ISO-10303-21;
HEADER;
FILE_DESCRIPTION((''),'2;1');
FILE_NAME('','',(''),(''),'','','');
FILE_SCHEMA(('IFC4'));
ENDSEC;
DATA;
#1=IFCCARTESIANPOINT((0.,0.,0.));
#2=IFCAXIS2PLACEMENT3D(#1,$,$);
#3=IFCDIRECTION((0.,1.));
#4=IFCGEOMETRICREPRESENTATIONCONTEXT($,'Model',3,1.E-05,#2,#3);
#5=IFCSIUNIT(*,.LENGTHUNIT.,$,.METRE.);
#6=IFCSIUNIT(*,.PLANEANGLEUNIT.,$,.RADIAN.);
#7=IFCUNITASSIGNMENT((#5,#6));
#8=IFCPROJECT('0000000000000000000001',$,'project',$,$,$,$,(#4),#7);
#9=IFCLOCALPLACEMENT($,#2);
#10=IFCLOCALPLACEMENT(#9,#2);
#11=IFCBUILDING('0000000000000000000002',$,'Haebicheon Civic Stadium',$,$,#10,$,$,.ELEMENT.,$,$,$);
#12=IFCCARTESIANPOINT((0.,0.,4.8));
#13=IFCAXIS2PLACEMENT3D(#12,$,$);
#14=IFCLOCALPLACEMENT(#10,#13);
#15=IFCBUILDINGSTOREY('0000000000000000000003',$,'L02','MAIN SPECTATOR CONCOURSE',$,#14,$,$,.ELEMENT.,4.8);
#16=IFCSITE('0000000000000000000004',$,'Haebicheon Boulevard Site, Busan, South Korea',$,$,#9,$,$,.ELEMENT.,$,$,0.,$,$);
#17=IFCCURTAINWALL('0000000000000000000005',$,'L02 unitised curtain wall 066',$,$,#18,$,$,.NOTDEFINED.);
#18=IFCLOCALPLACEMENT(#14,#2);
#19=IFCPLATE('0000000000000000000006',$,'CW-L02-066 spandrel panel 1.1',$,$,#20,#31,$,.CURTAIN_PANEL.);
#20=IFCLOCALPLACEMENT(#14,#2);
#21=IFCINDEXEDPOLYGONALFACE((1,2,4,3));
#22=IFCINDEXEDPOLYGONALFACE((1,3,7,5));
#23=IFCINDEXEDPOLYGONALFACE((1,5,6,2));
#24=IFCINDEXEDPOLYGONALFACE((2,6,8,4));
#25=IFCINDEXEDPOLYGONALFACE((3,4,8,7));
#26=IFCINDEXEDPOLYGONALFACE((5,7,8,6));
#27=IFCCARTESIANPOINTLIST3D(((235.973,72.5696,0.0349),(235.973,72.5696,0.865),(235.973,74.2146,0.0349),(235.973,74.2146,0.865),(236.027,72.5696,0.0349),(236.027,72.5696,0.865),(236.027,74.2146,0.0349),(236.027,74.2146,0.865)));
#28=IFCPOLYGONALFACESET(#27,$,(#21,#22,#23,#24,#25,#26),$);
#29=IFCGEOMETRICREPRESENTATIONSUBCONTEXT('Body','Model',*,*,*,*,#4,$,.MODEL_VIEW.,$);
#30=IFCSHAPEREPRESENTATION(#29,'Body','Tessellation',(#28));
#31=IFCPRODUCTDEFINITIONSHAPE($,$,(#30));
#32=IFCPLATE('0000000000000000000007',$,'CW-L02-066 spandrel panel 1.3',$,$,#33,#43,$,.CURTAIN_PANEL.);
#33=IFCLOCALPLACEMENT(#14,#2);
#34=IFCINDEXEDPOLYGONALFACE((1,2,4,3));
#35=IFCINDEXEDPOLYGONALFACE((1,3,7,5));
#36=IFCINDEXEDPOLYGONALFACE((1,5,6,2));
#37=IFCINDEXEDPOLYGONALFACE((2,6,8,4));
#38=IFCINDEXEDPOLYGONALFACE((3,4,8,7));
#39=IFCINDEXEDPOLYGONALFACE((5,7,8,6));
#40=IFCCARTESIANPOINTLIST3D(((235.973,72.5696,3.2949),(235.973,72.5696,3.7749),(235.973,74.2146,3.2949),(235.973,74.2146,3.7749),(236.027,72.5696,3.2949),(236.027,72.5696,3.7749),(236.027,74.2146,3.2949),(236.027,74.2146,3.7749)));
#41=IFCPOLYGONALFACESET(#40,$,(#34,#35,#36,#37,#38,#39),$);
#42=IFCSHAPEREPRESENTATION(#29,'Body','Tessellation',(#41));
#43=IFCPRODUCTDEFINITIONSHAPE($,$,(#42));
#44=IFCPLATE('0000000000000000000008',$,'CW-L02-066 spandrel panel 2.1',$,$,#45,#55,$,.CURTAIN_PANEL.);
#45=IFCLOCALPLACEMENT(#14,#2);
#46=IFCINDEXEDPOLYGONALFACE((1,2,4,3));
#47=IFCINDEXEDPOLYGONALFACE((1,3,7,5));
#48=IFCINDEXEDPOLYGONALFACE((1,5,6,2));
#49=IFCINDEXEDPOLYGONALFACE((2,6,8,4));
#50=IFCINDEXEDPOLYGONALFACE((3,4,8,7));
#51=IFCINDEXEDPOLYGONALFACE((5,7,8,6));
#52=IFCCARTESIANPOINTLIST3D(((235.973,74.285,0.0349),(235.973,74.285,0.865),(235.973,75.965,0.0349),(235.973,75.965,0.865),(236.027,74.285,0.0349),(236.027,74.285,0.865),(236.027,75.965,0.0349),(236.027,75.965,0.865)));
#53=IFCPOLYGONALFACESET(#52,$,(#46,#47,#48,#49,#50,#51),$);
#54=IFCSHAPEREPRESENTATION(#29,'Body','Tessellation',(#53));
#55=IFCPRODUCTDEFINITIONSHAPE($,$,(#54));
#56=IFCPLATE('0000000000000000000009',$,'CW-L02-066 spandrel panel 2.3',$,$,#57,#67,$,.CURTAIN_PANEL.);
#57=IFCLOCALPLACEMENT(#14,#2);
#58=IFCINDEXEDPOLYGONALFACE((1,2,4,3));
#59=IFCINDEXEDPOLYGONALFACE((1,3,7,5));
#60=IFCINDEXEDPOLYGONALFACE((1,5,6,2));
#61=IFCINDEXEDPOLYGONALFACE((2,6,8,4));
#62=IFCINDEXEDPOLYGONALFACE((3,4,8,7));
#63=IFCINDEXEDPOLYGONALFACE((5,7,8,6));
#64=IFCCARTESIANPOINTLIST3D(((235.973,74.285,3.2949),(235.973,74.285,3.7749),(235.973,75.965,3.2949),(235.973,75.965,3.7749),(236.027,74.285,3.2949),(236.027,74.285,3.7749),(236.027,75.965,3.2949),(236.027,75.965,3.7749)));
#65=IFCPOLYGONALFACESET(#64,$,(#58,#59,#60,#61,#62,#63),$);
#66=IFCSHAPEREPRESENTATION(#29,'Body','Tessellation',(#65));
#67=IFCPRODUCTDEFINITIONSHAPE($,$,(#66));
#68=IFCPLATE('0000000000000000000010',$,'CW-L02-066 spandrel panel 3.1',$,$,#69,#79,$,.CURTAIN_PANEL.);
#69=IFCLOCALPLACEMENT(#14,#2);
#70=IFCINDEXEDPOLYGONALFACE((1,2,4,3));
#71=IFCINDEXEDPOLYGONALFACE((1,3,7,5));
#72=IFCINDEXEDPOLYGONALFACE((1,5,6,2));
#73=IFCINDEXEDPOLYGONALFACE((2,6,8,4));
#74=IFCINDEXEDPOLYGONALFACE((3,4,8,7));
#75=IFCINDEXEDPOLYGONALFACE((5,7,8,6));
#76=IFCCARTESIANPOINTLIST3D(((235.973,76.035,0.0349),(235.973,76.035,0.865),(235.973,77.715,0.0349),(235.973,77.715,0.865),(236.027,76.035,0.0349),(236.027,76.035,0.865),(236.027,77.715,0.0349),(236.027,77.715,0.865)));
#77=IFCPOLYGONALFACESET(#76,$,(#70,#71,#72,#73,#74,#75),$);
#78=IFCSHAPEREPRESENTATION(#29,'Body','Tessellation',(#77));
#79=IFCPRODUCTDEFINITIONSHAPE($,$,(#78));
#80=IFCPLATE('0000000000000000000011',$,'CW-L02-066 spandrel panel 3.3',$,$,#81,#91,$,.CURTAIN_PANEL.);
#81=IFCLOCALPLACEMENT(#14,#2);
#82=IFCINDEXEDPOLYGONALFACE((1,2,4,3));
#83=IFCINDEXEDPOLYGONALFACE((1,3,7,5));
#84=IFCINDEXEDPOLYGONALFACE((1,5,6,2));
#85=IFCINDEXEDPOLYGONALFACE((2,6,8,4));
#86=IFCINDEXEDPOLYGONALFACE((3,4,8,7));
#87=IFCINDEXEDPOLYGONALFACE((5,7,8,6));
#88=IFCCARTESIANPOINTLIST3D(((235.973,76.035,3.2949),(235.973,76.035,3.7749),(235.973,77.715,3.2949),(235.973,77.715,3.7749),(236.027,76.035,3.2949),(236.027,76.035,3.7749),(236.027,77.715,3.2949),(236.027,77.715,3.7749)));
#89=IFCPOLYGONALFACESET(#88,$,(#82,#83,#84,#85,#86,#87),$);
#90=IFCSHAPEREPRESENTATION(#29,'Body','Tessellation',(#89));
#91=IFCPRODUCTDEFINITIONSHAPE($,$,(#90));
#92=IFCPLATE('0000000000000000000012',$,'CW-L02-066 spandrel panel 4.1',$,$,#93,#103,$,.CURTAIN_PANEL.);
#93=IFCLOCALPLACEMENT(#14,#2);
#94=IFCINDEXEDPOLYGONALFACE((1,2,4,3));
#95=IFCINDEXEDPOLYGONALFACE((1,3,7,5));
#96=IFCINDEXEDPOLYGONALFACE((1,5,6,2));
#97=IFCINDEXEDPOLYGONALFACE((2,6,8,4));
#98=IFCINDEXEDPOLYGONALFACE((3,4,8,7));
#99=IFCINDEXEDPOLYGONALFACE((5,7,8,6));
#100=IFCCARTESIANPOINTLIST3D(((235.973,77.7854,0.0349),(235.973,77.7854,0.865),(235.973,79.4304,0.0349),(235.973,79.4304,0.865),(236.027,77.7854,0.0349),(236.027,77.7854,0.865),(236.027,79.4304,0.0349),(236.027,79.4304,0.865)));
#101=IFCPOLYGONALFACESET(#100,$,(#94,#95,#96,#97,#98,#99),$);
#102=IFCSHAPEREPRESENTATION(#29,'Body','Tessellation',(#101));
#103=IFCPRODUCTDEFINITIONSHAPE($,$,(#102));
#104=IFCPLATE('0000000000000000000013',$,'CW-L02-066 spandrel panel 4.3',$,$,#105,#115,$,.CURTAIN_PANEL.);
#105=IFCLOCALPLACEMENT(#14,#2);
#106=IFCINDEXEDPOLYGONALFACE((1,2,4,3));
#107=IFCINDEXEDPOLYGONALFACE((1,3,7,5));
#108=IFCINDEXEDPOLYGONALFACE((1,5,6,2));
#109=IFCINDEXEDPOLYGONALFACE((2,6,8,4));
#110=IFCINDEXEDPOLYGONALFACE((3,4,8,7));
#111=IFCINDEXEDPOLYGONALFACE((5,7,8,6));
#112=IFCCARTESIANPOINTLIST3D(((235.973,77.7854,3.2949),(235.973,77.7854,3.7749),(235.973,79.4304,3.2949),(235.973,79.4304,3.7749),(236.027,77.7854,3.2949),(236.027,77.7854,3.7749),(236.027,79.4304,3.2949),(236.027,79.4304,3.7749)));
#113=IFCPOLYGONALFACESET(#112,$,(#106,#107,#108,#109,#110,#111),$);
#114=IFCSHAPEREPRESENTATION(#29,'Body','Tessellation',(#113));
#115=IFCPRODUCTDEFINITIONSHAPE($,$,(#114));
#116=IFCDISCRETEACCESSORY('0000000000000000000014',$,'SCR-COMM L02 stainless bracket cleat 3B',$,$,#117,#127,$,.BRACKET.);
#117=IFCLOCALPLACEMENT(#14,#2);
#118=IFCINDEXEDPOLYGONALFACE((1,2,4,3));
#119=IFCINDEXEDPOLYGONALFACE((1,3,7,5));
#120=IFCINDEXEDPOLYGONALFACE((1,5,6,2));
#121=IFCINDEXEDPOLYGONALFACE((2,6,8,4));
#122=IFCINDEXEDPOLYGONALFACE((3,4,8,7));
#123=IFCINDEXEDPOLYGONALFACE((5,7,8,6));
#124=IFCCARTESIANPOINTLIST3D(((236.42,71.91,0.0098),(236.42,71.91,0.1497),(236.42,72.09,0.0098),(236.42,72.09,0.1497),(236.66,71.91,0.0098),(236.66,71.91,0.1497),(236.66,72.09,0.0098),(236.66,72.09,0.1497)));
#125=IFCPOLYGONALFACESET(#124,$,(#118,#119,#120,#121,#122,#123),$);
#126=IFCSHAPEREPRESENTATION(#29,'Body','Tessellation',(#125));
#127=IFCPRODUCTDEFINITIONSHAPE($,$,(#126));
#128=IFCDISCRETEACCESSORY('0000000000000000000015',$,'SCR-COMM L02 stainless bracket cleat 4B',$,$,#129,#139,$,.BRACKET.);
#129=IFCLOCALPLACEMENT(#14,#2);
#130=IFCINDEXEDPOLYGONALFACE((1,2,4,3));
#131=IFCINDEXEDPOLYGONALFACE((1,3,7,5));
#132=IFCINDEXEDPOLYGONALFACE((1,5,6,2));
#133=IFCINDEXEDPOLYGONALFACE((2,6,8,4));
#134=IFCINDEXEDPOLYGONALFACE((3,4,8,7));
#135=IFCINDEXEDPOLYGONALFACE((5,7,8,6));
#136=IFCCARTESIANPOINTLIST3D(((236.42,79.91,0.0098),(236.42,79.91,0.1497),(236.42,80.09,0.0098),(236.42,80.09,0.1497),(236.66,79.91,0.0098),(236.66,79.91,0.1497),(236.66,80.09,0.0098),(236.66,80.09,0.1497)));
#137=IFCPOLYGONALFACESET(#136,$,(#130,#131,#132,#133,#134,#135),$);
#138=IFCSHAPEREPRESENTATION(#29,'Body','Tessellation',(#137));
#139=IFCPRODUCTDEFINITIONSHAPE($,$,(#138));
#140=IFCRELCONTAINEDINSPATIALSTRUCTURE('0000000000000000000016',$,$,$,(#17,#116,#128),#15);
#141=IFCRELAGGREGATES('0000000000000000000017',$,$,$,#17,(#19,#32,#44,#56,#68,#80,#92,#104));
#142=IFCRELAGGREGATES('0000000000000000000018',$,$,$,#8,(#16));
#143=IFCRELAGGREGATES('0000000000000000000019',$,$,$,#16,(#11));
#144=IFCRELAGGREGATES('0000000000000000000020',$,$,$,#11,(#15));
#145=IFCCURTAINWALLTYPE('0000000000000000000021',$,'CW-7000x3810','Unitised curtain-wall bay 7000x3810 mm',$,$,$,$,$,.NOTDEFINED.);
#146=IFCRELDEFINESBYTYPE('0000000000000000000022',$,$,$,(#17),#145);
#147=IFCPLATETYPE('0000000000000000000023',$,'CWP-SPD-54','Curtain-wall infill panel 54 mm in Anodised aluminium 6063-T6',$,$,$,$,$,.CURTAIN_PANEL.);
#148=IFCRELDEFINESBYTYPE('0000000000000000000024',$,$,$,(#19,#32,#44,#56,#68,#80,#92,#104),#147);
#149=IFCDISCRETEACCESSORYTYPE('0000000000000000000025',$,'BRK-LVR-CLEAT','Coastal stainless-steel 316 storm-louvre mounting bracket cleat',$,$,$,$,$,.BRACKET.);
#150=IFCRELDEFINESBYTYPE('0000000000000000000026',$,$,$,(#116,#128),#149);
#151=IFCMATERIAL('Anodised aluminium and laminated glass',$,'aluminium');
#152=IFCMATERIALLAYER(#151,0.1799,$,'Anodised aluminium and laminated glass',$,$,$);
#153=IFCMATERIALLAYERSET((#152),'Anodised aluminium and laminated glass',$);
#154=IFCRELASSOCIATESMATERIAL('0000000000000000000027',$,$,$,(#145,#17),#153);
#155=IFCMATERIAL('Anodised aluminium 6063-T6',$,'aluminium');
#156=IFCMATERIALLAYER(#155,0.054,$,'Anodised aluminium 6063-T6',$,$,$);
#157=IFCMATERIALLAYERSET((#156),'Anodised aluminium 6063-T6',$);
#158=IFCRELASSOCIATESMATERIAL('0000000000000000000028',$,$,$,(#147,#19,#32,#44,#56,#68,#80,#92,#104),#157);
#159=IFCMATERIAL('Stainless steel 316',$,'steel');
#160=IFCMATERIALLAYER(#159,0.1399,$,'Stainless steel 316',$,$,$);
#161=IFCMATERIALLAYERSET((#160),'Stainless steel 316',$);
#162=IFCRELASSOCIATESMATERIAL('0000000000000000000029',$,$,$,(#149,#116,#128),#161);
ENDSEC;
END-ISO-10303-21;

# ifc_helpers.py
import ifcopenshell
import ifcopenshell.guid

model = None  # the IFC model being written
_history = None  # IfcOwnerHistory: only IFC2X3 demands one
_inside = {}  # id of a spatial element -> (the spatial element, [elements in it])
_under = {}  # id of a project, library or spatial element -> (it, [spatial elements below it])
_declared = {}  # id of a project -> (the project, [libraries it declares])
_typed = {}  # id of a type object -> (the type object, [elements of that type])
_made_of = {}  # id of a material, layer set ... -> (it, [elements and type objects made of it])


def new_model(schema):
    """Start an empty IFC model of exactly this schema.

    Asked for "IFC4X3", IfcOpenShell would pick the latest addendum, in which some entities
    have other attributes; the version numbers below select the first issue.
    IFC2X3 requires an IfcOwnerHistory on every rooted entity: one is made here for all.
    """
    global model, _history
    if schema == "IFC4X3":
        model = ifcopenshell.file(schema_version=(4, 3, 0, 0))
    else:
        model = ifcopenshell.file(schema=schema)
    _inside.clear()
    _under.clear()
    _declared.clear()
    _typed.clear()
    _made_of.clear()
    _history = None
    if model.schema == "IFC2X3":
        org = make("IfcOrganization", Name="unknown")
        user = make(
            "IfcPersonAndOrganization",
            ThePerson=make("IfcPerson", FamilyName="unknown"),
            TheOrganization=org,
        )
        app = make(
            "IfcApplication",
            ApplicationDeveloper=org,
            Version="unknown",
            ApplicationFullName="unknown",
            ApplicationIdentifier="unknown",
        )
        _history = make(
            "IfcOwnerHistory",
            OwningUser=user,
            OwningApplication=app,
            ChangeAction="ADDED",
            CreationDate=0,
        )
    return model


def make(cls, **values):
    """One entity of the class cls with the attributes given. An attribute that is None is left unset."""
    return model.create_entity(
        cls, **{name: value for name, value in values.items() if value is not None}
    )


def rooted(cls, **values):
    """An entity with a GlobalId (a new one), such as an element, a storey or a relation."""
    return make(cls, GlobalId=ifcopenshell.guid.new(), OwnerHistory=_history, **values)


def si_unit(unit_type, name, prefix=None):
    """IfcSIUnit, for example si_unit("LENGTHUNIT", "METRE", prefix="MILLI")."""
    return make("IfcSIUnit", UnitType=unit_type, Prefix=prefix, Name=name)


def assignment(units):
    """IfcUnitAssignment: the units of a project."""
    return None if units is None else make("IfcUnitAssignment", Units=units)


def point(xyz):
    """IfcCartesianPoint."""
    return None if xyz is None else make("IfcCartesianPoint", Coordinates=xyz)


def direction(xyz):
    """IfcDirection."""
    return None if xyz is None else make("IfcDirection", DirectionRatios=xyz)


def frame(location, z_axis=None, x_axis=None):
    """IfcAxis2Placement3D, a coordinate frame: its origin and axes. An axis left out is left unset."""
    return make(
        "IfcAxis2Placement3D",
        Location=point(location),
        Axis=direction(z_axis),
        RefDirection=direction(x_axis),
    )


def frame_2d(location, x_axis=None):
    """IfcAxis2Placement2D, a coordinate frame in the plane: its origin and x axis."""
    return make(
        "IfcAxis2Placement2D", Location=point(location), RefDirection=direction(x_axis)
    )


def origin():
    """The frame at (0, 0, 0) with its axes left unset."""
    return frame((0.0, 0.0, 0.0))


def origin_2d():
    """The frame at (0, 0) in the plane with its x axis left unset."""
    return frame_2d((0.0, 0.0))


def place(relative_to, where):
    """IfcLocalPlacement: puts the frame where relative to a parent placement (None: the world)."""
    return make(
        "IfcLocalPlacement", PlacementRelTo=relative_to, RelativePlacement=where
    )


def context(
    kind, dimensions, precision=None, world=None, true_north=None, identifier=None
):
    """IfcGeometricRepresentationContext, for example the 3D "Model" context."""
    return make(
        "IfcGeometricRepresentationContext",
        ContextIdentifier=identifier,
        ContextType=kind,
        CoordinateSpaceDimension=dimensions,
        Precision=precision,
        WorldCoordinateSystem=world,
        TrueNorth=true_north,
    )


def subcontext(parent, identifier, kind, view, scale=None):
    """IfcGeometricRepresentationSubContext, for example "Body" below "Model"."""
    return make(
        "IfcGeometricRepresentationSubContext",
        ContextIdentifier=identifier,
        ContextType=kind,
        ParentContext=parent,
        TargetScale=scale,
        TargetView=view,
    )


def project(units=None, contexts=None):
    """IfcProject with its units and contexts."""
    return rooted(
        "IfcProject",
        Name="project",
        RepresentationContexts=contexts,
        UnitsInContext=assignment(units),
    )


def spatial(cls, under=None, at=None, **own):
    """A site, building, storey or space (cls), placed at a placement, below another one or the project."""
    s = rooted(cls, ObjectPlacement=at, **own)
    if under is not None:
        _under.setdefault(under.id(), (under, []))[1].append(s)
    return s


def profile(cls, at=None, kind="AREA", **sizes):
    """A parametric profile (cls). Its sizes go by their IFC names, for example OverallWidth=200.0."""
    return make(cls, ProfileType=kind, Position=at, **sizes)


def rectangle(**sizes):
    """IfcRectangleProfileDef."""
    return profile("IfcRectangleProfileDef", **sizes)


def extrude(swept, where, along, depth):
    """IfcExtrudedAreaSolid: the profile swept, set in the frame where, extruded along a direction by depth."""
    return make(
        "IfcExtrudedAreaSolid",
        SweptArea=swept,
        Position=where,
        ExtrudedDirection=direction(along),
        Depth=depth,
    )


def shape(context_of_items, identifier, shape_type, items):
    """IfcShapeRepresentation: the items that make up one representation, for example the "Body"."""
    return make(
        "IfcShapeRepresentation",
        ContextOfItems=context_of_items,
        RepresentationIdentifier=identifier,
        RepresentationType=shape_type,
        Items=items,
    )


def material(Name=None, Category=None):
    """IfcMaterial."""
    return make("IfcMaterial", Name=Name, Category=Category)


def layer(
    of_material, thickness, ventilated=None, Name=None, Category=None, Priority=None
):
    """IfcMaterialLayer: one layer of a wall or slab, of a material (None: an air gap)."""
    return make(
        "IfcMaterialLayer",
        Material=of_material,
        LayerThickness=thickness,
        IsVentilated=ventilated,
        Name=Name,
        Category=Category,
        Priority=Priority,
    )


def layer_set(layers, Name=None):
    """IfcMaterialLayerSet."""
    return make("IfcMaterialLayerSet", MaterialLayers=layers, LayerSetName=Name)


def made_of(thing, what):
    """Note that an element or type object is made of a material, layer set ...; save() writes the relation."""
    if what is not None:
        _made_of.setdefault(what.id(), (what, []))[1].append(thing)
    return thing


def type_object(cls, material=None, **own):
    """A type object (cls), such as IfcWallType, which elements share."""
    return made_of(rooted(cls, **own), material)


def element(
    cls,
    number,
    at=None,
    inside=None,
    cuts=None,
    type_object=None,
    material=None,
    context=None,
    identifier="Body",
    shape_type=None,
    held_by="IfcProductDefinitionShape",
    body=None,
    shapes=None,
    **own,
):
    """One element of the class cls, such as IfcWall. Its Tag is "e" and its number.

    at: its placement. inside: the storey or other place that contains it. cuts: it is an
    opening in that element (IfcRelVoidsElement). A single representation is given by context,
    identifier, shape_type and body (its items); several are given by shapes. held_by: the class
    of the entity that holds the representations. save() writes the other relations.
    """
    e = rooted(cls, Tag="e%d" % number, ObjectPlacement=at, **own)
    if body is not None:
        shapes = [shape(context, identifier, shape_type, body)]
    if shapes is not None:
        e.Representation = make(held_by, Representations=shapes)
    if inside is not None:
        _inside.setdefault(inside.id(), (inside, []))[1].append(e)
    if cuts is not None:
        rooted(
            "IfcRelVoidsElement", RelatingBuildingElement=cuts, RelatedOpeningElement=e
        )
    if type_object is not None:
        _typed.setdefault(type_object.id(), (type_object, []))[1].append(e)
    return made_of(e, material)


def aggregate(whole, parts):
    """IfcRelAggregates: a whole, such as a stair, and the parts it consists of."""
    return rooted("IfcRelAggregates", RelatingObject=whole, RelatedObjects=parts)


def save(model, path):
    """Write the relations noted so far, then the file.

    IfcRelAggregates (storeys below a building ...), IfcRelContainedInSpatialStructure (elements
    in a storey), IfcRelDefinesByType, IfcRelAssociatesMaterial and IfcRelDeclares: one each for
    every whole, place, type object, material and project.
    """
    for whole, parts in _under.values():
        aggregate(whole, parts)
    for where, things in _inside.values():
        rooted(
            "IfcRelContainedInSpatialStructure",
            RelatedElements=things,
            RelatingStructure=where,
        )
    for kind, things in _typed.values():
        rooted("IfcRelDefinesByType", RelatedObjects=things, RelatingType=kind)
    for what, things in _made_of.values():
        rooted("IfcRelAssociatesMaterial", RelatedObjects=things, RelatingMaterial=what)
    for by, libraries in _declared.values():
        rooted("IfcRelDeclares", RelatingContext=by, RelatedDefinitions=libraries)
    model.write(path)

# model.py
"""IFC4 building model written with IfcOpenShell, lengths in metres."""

from ifc_helpers import new_model, si_unit, direction, frame, origin, origin_2d, place, context, subcontext, project, spatial, rectangle, extrude, material, layer, layer_set, type_object, element, aggregate, save


model = new_model("IFC4")

# Units and contexts
model_context = context("Model", 3, precision=1e-05, world=origin(), true_north=direction((0.0, 1.0)))
body_context = subcontext(model_context, "Body", "Model", "MODEL_VIEW")
ifc_project = project(units=[si_unit("LENGTHUNIT", "METRE"), si_unit("PLANEANGLEUNIT", "RADIAN")], contexts=[model_context])

# Site, building, storey
site_placement = place(None, origin())
site = spatial("IfcSite", under=ifc_project, at=site_placement, Name="Haebicheon Boulevard Site, Busan, South Korea", CompositionType="ELEMENT", RefElevation=0.0)
building_placement = place(site_placement, origin())
building = spatial("IfcBuilding", under=site, at=building_placement, Name="Haebicheon Civic Stadium", CompositionType="ELEMENT")
storey_placement = place(building_placement, frame((0.0, 0.0, 4.8)))
storey = spatial("IfcBuildingStorey", under=building, at=storey_placement, Name="L02", Description="MAIN SPECTATOR CONCOURSE", CompositionType="ELEMENT", Elevation=4.8)

# Curtain wall
ifc_material_1 = material(Name="Anodised aluminium and laminated glass", Category="aluminium")
ifc_layer_1 = layer(ifc_material_1, 0.1799, Name="Anodised aluminium and laminated glass")
ifc_layer_set_1 = layer_set([ifc_layer_1], Name="Anodised aluminium and laminated glass")
curtain_wall_type = type_object("IfcCurtainWallType", Name="CW-7000x3810", Description="Unitised curtain-wall bay 7000x3810 mm", PredefinedType="NOTDEFINED", material=ifc_layer_set_1)
curtain_wall_placement = place(storey_placement, origin())
curtain_wall = element("IfcCurtainWall", 1, at=curtain_wall_placement, inside=storey, type_object=curtain_wall_type, material=ifc_layer_set_1, Name="L02 unitised curtain wall 066", PredefinedType="NOTDEFINED")

# Plates
ifc_material_2 = material(Name="Anodised aluminium 6063-T6", Category="aluminium")
ifc_layer_2 = layer(ifc_material_2, 0.054, Name="Anodised aluminium 6063-T6")
ifc_layer_set_2 = layer_set([ifc_layer_2], Name="Anodised aluminium 6063-T6")
plate_type_1 = type_object("IfcPlateType", Name="CWP-SPD-54", Description="Curtain-wall infill panel 54 mm in Anodised aluminium 6063-T6", PredefinedType="CURTAIN_PANEL", material=ifc_layer_set_2)
plate_1_placement = place(storey_placement, frame((236.0, 73.3921, 0.0349), z_axis=(0.0, 0.0, 1.0), x_axis=(0.0, 1.0, 0.0)))
plate_1 = element("IfcPlate", 2, at=plate_1_placement, type_object=plate_type_1, material=ifc_layer_set_2, Name="CW-L02-066 spandrel panel 1.1", PredefinedType="CURTAIN_PANEL", context=body_context, shape_type="SweptSolid", body=[
    extrude(rectangle(XDim=1.645, YDim=0.054, at=origin_2d()), origin(), (0.0, 0.0, 1.0), 0.8301),
])
plate_2_placement = place(storey_placement, frame((236.0, 73.3921, 3.2949), z_axis=(0.0, 0.0, 1.0), x_axis=(0.0, 1.0, 0.0)))
plate_2 = element("IfcPlate", 3, at=plate_2_placement, type_object=plate_type_1, material=ifc_layer_set_2, Name="CW-L02-066 spandrel panel 1.3", PredefinedType="CURTAIN_PANEL", context=body_context, shape_type="SweptSolid", body=[
    extrude(rectangle(XDim=1.645, YDim=0.054, at=origin_2d()), origin(), (0.0, 0.0, 1.0), 0.48),
])
plate_3_placement = place(storey_placement, frame((236.0, 75.125, 0.0349), z_axis=(0.0, 0.0, 1.0), x_axis=(0.0, 1.0, 0.0)))
plate_3 = element("IfcPlate", 4, at=plate_3_placement, type_object=plate_type_1, material=ifc_layer_set_2, Name="CW-L02-066 spandrel panel 2.1", PredefinedType="CURTAIN_PANEL", context=body_context, shape_type="SweptSolid", body=[
    extrude(rectangle(XDim=1.6799, YDim=0.054, at=origin_2d()), origin(), (0.0, 0.0, 1.0), 0.8301),
])
plate_4_placement = place(storey_placement, frame((236.0, 75.125, 3.2949), z_axis=(0.0, 0.0, 1.0), x_axis=(0.0, 1.0, 0.0)))
plate_4 = element("IfcPlate", 5, at=plate_4_placement, type_object=plate_type_1, material=ifc_layer_set_2, Name="CW-L02-066 spandrel panel 2.3", PredefinedType="CURTAIN_PANEL", context=body_context, shape_type="SweptSolid", body=[
    extrude(rectangle(XDim=1.6799, YDim=0.054, at=origin_2d()), origin(), (0.0, 0.0, 1.0), 0.48),
])
plate_5_placement = place(storey_placement, frame((236.0, 76.875, 0.0349), z_axis=(0.0, 0.0, 1.0), x_axis=(0.0, 1.0, 0.0)))
plate_5 = element("IfcPlate", 6, at=plate_5_placement, type_object=plate_type_1, material=ifc_layer_set_2, Name="CW-L02-066 spandrel panel 3.1", PredefinedType="CURTAIN_PANEL", context=body_context, shape_type="SweptSolid", body=[
    extrude(rectangle(XDim=1.6799, YDim=0.054, at=origin_2d()), origin(), (0.0, 0.0, 1.0), 0.8301),
])
plate_6_placement = place(storey_placement, frame((236.0, 76.875, 3.2949), z_axis=(0.0, 0.0, 1.0), x_axis=(0.0, 1.0, 0.0)))
plate_6 = element("IfcPlate", 7, at=plate_6_placement, type_object=plate_type_1, material=ifc_layer_set_2, Name="CW-L02-066 spandrel panel 3.3", PredefinedType="CURTAIN_PANEL", context=body_context, shape_type="SweptSolid", body=[
    extrude(rectangle(XDim=1.6799, YDim=0.054, at=origin_2d()), origin(), (0.0, 0.0, 1.0), 0.48),
])
plate_7_placement = place(storey_placement, frame((236.0, 78.6079, 0.0349), z_axis=(0.0, 0.0, 1.0), x_axis=(0.0, 1.0, 0.0)))
plate_7 = element("IfcPlate", 8, at=plate_7_placement, type_object=plate_type_1, material=ifc_layer_set_2, Name="CW-L02-066 spandrel panel 4.1", PredefinedType="CURTAIN_PANEL", context=body_context, shape_type="SweptSolid", body=[
    extrude(rectangle(XDim=1.645, YDim=0.054, at=origin_2d()), origin(), (0.0, 0.0, 1.0), 0.8301),
])
plate_8_placement = place(storey_placement, frame((236.0, 78.6079, 3.2949), z_axis=(0.0, 0.0, 1.0), x_axis=(0.0, 1.0, 0.0)))
plate_8 = element("IfcPlate", 9, at=plate_8_placement, type_object=plate_type_1, material=ifc_layer_set_2, Name="CW-L02-066 spandrel panel 4.3", PredefinedType="CURTAIN_PANEL", context=body_context, shape_type="SweptSolid", body=[
    extrude(rectangle(XDim=1.645, YDim=0.054, at=origin_2d()), origin(), (0.0, 0.0, 1.0), 0.48),
])
aggregate(curtain_wall, [plate_1, plate_2, plate_3, plate_4, plate_5, plate_6, plate_7, plate_8])

# Discrete accessories
ifc_material_3 = material(Name="Stainless steel 316", Category="steel")
ifc_layer_3 = layer(ifc_material_3, 0.1399, Name="Stainless steel 316")
ifc_layer_set_3 = layer_set([ifc_layer_3], Name="Stainless steel 316")
discrete_accessory_type = type_object("IfcDiscreteAccessoryType", Name="BRK-LVR-CLEAT", Description="Coastal stainless-steel 316 storm-louvre mounting bracket cleat", PredefinedType="BRACKET", material=ifc_layer_set_3)
for number, where, z_axis, x_axis, name in (
    (10, (236.54, 72.0, 0.0098), (0.0, 0.0, 1.0), (1.0, 0.0, 0.0), "SCR-COMM L02 stainless bracket cleat 3B"),
    (11, (236.54, 80.0, 0.0098), (0.0, 0.0, 1.0), (1.0, 0.0, 0.0), "SCR-COMM L02 stainless bracket cleat 4B"),
):
    element("IfcDiscreteAccessory", number, at=place(storey_placement, frame(where, z_axis=z_axis, x_axis=x_axis)), inside=storey, type_object=discrete_accessory_type, material=ifc_layer_set_3, Name=name, PredefinedType="BRACKET", context=body_context, shape_type="SweptSolid", body=[
        extrude(rectangle(XDim=0.24, YDim=0.1799, at=origin_2d()), origin(), (0.0, 0.0, 1.0), 0.1399),
    ])

save(model, "model.ifc")
